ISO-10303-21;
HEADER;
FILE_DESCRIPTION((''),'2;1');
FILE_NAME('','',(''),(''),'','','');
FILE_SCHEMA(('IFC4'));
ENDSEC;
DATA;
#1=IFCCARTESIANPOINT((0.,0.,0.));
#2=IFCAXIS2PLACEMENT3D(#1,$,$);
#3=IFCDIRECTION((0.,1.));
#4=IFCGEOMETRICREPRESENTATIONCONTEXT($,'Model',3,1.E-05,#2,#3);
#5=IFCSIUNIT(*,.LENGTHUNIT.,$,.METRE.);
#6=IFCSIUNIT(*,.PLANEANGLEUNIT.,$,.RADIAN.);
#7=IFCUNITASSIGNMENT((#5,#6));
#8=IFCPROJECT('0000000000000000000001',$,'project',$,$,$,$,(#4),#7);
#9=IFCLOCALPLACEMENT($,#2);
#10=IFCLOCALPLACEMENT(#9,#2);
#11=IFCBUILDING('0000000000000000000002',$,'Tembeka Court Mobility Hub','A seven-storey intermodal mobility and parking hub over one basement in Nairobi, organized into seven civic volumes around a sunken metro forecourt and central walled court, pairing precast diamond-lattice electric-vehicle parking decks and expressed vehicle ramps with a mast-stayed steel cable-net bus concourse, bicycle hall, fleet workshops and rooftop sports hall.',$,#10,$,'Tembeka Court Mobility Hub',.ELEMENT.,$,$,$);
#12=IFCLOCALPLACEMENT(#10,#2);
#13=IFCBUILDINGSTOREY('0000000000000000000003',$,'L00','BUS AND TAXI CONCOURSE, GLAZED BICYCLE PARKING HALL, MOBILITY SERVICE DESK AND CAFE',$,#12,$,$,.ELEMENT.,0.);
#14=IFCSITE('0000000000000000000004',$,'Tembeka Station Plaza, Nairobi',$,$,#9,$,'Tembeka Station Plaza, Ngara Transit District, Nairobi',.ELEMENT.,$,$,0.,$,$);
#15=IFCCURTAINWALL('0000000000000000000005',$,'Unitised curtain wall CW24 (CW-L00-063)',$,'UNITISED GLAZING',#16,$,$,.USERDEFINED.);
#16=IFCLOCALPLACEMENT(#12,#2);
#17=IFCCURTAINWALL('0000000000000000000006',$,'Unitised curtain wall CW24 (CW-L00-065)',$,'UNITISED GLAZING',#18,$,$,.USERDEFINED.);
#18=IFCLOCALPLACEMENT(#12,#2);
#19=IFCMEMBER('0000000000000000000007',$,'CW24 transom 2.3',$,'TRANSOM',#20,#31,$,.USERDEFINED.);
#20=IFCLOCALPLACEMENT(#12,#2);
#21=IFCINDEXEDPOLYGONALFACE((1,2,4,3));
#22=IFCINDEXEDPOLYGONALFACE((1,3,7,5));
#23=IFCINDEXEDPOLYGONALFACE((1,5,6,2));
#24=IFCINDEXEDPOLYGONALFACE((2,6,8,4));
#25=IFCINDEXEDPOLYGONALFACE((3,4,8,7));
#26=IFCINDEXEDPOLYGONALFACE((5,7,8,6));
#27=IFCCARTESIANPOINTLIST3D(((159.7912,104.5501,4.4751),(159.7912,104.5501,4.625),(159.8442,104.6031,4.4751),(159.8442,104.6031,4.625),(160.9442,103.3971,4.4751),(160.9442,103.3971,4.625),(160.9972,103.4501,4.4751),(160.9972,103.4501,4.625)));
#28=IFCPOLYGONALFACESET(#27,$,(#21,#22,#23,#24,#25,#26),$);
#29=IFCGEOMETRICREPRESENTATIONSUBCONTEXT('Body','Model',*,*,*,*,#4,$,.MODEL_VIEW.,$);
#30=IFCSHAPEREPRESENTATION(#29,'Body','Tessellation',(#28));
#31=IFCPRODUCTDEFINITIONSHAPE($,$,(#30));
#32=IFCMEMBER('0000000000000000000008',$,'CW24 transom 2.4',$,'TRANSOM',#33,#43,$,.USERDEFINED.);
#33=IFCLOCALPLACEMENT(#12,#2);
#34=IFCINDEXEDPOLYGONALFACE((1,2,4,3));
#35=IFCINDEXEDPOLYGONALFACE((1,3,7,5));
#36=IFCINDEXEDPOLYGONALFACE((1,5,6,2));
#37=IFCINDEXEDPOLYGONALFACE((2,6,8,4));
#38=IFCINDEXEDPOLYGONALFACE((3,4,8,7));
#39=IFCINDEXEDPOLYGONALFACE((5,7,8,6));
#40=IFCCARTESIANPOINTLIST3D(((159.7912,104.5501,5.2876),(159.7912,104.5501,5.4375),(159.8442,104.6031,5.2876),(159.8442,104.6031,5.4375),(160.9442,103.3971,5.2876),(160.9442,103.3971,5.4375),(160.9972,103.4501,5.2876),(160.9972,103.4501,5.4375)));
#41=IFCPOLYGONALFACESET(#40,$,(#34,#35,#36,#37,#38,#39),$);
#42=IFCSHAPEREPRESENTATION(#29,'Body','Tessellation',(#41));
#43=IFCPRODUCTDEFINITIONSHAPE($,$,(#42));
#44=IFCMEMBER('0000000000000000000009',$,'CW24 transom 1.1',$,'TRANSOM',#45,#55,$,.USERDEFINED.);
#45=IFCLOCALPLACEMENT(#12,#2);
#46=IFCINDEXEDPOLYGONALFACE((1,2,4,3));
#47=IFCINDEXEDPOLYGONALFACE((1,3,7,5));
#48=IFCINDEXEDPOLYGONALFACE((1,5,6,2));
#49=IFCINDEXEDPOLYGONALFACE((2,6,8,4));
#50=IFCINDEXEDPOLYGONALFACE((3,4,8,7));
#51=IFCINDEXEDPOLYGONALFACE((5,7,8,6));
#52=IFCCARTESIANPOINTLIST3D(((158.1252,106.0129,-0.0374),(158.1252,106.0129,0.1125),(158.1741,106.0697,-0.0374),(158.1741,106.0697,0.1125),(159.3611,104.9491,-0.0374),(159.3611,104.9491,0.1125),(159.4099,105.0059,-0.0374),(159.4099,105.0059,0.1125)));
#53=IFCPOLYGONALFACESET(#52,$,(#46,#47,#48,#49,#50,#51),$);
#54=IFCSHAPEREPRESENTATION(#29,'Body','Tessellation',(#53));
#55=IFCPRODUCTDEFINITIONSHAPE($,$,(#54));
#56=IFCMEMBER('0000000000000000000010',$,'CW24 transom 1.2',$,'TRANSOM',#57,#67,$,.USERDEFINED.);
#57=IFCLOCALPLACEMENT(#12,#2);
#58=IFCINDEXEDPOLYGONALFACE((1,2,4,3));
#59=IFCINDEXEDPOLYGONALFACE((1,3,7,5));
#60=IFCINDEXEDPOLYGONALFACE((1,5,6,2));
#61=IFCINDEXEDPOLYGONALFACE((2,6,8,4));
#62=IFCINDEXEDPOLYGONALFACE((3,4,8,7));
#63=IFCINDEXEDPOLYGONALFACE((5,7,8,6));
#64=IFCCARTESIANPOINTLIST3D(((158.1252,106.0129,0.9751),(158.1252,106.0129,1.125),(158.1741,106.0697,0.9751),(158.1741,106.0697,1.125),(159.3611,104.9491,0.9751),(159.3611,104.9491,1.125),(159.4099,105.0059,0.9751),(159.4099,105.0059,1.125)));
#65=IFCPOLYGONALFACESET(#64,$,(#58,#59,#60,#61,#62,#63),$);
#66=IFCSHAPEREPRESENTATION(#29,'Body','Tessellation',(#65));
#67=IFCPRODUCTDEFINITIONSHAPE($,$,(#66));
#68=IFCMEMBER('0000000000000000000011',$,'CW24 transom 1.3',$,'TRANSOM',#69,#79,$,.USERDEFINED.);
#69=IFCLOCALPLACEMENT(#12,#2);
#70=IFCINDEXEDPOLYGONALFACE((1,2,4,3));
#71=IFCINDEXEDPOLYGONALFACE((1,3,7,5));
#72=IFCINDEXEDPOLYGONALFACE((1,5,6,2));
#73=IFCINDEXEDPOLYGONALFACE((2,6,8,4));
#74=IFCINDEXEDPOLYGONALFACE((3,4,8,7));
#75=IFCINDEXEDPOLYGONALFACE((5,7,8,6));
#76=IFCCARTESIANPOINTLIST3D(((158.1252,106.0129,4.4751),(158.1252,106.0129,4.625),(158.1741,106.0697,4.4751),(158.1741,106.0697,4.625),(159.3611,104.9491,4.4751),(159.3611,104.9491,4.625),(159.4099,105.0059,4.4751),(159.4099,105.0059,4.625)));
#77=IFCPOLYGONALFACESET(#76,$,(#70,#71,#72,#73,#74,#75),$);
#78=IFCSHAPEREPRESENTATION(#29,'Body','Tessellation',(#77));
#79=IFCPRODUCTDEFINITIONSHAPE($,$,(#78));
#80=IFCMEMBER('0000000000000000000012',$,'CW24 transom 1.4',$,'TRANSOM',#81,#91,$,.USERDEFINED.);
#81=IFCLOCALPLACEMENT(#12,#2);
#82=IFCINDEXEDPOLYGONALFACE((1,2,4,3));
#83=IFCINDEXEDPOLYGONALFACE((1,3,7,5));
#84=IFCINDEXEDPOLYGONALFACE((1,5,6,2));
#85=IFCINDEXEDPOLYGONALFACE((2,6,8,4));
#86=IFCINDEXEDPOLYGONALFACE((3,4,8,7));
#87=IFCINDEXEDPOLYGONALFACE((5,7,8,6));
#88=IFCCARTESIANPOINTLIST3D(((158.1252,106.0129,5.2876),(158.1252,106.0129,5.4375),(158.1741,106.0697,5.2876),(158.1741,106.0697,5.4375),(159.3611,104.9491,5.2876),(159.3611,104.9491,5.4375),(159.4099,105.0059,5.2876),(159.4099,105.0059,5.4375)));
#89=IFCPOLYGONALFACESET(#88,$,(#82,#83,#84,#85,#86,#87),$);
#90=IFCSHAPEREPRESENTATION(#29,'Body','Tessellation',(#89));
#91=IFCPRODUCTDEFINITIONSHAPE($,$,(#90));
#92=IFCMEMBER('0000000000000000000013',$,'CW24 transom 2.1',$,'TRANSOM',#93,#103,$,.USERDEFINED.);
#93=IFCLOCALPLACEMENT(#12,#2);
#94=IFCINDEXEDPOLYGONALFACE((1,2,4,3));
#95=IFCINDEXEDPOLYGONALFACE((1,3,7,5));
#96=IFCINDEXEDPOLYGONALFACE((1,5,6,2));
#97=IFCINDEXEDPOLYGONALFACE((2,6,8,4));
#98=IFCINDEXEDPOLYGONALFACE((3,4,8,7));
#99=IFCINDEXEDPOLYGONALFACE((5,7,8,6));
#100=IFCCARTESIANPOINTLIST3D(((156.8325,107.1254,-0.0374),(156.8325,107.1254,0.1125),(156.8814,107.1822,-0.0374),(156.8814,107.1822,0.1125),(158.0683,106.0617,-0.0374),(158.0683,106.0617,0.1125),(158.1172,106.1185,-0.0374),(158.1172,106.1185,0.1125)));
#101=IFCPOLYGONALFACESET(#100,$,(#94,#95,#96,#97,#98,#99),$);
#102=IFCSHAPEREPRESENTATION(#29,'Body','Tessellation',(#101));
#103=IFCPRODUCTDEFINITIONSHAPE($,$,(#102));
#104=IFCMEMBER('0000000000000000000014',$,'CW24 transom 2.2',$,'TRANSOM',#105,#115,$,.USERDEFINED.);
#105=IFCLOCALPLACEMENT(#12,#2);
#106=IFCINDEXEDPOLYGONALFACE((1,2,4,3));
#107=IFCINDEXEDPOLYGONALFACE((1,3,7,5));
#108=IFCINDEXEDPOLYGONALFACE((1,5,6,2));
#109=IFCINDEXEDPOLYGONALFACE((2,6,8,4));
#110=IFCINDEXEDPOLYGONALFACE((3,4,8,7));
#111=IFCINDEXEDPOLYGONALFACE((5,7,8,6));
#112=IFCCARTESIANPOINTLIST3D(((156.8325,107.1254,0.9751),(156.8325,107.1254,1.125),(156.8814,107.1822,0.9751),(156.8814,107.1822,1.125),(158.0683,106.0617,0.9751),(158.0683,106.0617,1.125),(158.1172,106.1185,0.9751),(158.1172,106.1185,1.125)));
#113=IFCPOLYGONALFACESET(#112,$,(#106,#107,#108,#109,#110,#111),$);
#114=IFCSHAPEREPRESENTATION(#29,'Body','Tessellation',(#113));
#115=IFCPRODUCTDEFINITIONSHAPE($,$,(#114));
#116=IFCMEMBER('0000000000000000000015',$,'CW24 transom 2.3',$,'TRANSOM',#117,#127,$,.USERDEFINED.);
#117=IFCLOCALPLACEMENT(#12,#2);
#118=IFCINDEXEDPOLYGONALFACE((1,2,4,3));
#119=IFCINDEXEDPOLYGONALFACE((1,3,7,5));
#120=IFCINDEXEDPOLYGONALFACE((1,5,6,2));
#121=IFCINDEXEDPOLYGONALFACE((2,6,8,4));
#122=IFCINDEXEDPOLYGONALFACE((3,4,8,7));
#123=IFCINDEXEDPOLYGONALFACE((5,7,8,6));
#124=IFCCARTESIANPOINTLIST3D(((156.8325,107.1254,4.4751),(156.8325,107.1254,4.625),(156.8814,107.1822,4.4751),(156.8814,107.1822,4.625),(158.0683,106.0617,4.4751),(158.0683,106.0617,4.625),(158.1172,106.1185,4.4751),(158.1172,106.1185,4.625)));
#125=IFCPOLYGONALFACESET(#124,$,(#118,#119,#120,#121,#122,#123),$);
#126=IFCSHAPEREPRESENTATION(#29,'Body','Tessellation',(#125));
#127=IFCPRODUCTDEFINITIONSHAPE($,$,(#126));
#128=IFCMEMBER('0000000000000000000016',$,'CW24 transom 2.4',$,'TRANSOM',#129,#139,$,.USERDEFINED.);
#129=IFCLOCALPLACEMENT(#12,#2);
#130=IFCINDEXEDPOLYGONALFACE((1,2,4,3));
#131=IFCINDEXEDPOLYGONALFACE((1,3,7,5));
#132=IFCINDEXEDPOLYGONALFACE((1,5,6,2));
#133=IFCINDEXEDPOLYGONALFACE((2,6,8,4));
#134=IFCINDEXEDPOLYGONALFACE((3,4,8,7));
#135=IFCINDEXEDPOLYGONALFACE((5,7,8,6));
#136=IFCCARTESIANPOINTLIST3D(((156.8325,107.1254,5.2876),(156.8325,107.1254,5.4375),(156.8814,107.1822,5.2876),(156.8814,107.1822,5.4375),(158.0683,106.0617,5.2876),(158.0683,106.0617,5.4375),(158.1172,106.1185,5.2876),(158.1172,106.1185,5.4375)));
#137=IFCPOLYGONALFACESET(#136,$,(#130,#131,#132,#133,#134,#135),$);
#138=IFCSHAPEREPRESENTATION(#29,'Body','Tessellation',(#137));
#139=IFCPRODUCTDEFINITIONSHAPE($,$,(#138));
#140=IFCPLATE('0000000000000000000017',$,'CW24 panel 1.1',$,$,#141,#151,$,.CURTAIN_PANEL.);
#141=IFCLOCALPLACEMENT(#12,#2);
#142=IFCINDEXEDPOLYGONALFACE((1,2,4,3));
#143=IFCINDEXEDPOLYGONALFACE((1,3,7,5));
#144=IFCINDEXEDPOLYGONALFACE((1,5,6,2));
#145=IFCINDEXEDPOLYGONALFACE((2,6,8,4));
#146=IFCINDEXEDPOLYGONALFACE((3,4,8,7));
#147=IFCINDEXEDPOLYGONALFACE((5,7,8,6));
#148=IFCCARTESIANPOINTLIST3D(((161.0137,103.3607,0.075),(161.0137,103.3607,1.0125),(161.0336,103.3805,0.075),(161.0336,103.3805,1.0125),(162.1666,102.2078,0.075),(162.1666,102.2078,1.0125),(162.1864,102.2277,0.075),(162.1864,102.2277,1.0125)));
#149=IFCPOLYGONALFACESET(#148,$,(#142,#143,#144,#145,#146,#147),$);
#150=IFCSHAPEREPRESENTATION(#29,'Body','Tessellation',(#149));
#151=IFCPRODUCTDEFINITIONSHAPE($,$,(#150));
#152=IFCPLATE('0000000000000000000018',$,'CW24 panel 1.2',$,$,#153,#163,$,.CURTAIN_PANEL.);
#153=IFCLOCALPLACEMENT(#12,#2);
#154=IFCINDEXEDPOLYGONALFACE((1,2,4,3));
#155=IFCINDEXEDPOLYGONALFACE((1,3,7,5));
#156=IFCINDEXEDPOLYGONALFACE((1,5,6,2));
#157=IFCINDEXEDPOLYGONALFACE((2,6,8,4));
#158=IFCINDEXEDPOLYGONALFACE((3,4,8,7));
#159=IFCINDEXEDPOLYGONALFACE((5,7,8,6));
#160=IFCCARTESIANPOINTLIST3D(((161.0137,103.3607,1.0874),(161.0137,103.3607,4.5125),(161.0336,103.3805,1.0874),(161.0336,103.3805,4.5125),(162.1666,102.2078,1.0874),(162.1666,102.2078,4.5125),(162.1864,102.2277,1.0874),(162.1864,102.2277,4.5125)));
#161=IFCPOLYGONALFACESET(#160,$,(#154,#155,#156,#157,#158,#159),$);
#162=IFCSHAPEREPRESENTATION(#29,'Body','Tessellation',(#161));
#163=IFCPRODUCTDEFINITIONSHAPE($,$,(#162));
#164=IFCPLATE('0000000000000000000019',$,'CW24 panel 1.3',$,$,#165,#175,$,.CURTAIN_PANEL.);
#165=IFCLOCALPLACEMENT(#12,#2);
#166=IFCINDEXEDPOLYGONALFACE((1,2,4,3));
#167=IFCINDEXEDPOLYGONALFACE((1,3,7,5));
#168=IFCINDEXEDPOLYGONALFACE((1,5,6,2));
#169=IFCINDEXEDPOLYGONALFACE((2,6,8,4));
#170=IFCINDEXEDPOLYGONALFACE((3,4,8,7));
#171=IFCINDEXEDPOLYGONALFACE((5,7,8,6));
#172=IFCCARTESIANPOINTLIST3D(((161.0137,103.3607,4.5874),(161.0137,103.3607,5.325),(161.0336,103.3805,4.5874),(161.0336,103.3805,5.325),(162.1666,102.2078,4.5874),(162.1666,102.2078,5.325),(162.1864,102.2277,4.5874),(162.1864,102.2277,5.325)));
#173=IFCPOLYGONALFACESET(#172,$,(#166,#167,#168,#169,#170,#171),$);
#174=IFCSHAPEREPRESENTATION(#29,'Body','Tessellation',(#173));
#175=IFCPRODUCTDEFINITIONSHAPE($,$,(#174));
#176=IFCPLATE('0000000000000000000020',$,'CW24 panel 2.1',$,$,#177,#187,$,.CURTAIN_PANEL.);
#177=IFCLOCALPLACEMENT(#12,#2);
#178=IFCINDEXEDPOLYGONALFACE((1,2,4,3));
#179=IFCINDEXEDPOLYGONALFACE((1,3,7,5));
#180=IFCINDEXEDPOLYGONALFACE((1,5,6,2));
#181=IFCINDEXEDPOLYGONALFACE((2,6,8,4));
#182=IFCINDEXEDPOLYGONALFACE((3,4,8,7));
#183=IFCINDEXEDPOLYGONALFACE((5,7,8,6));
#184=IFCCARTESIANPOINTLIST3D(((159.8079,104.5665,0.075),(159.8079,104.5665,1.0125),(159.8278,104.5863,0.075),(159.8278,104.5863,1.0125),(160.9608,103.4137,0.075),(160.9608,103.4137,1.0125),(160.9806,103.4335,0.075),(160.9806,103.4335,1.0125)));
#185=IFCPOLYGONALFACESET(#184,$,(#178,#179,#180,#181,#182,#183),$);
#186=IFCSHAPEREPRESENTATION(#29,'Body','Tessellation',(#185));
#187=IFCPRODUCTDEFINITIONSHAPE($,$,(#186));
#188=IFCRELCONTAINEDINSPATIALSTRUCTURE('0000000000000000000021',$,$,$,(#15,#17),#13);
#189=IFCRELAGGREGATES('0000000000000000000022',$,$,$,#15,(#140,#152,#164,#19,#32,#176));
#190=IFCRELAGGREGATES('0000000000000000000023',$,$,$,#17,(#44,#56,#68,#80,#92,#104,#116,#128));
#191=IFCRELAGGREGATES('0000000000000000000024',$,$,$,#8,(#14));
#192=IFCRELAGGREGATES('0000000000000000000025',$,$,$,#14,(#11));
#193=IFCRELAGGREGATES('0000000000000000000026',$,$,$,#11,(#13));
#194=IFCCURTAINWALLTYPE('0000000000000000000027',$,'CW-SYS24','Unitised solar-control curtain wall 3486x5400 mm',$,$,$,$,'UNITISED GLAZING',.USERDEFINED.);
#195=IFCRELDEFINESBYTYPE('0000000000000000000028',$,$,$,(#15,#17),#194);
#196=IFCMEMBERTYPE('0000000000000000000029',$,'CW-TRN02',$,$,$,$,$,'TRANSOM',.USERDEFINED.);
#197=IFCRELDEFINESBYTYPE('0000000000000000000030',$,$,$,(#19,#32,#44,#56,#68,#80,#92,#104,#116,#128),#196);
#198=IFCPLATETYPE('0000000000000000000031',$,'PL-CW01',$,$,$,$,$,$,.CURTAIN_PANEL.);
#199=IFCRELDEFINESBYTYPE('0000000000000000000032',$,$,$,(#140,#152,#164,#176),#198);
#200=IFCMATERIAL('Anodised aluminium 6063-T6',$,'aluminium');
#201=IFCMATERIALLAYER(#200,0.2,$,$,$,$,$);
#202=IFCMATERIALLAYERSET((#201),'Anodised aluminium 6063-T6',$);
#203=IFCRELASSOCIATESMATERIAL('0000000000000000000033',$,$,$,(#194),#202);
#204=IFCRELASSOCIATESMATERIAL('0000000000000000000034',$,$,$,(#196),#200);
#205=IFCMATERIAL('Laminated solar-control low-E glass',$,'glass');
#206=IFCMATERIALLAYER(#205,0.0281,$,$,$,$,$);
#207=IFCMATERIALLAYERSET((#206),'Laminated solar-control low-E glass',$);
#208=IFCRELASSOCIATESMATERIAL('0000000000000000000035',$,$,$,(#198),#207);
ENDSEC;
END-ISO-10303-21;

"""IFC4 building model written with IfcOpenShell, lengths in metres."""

from ifc_helpers import new_model, si_unit, direction, frame, origin, origin_2d, place, context, subcontext, project, spatial, rectangle, extrude, material, layer, layer_set, material_profile, profile_set, type_object, element, aggregate, save


model = new_model("IFC4")

# Units and contexts
model_context = context("Model", 3, precision=1e-05, world=origin(), true_north=direction((0.0, 1.0)))
body_context = subcontext(model_context, "Body", "Model", "MODEL_VIEW")
ifc_project = project(units=[si_unit("LENGTHUNIT", "METRE"), si_unit("PLANEANGLEUNIT", "RADIAN")], contexts=[model_context])

# Site, building, storey
site_placement = place(None, origin())
site = spatial("IfcSite", under=ifc_project, at=site_placement, Name="Tembeka Station Plaza, Nairobi", LongName="Tembeka Station Plaza, Ngara Transit District, Nairobi", CompositionType="ELEMENT", RefElevation=0.0)
building_placement = place(site_placement, origin())
building = spatial("IfcBuilding", under=site, at=building_placement, Name="Tembeka Court Mobility Hub", Description="A seven-storey intermodal mobility and parking hub over one basement in Nairobi, organized into seven civic volumes around a sunken metro forecourt and central walled court, pairing precast diamond-lattice electric-vehicle parking decks and expressed vehicle ramps with a mast-stayed steel cable-net bus concourse, bicycle hall, fleet workshops and rooftop sports hall.", LongName="Tembeka Court Mobility Hub", CompositionType="ELEMENT")
storey_placement = place(building_placement, origin())
storey = spatial("IfcBuildingStorey", under=building, at=storey_placement, Name="L00", Description="BUS AND TAXI CONCOURSE, GLAZED BICYCLE PARKING HALL, MOBILITY SERVICE DESK AND CAFE", CompositionType="ELEMENT", Elevation=0.0)

# Curtain walls
ifc_material_1 = material(Name="Anodised aluminium 6063-T6", Category="aluminium")
ifc_layer_1 = layer(ifc_material_1, 0.2)
ifc_layer_set_1 = layer_set([ifc_layer_1], Name="Anodised aluminium 6063-T6")
curtain_wall_type = type_object("IfcCurtainWallType", Name="CW-SYS24", Description="Unitised solar-control curtain wall 3486x5400 mm", ElementType="UNITISED GLAZING", PredefinedType="USERDEFINED", material=ifc_layer_set_1)
curtain_wall_1_placement = place(storey_placement, origin())
curtain_wall_1 = element("IfcCurtainWall", 1, at=curtain_wall_1_placement, inside=storey, type_object=curtain_wall_type, Name="Unitised curtain wall CW24 (CW-L00-063)", ObjectType="UNITISED GLAZING", PredefinedType="USERDEFINED")
curtain_wall_2_placement = place(storey_placement, origin())
curtain_wall_2 = element("IfcCurtainWall", 2, at=curtain_wall_2_placement, inside=storey, type_object=curtain_wall_type, Name="Unitised curtain wall CW24 (CW-L00-065)", ObjectType="UNITISED GLAZING", PredefinedType="USERDEFINED")

# Members
ifc_material_profile_1 = material_profile(ifc_material_1, rectangle(XDim=0.075, YDim=0.1499, at=origin_2d()), Name="ALU-TRN 75x150")
ifc_profile_set_1 = profile_set([ifc_material_profile_1], Name="Anodised aluminium 6063-T6")
member_type_1 = type_object("IfcMemberType", Name="CW-TRN02", ElementType="TRANSOM", PredefinedType="USERDEFINED", material=ifc_profile_set_1)
member_1_placement = place(storey_placement, frame((160.9707, 103.4236, 4.55), z_axis=(-0.707107, 0.707107, 0.0), x_axis=(-0.707107, -0.707107, 0.0)))
member_1 = element("IfcMember", 3, at=member_1_placement, type_object=member_type_1, Name="CW24 transom 2.3", ObjectType="TRANSOM", PredefinedType="USERDEFINED", context=body_context, shape_type="SweptSolid", body=[
    extrude(rectangle(XDim=0.075, YDim=0.1499, at=origin_2d()), origin(), (0.0, 0.0, 1.0), 1.6306),
])
member_2_placement = place(storey_placement, frame((160.9707, 103.4236, 5.3625), z_axis=(-0.707107, 0.707107, 0.0), x_axis=(-0.707107, -0.707107, 0.0)))
member_2 = element("IfcMember", 4, at=member_2_placement, type_object=member_type_1, Name="CW24 transom 2.4", ObjectType="TRANSOM", PredefinedType="USERDEFINED", context=body_context, shape_type="SweptSolid", body=[
    extrude(rectangle(XDim=0.075, YDim=0.1499, at=origin_2d()), origin(), (0.0, 0.0, 1.0), 1.6306),
])
member_3_placement = place(storey_placement, frame((159.3855, 104.9775, 0.0376), z_axis=(-0.757913, 0.652356, 0.0), x_axis=(-0.652356, -0.757913, 0.0)))
member_3 = element("IfcMember", 5, at=member_3_placement, type_object=member_type_1, Name="CW24 transom 1.1", ObjectType="TRANSOM", PredefinedType="USERDEFINED", context=body_context, shape_type="SweptSolid", body=[
    extrude(rectangle(XDim=0.075, YDim=0.1499, at=origin_2d()), origin(), (0.0, 0.0, 1.0), 1.6306),
])
member_4_placement = place(storey_placement, frame((159.3855, 104.9775, 1.05), z_axis=(-0.757913, 0.652356, 0.0), x_axis=(-0.652356, -0.757913, 0.0)))
member_4 = element("IfcMember", 6, at=member_4_placement, type_object=member_type_1, Name="CW24 transom 1.2", ObjectType="TRANSOM", PredefinedType="USERDEFINED", context=body_context, shape_type="SweptSolid", body=[
    extrude(rectangle(XDim=0.075, YDim=0.1499, at=origin_2d()), origin(), (0.0, 0.0, 1.0), 1.6306),
])
member_5_placement = place(storey_placement, frame((159.3855, 104.9775, 4.55), z_axis=(-0.757913, 0.652356, 0.0), x_axis=(-0.652356, -0.757913, 0.0)))
member_5 = element("IfcMember", 7, at=member_5_placement, type_object=member_type_1, Name="CW24 transom 1.3", ObjectType="TRANSOM", PredefinedType="USERDEFINED", context=body_context, shape_type="SweptSolid", body=[
    extrude(rectangle(XDim=0.075, YDim=0.1499, at=origin_2d()), origin(), (0.0, 0.0, 1.0), 1.6306),
])
member_6_placement = place(storey_placement, frame((159.3855, 104.9775, 5.3625), z_axis=(-0.757913, 0.652356, 0.0), x_axis=(-0.652356, -0.757913, 0.0)))
member_6 = element("IfcMember", 8, at=member_6_placement, type_object=member_type_1, Name="CW24 transom 1.4", ObjectType="TRANSOM", PredefinedType="USERDEFINED", context=body_context, shape_type="SweptSolid", body=[
    extrude(rectangle(XDim=0.075, YDim=0.1499, at=origin_2d()), origin(), (0.0, 0.0, 1.0), 1.6306),
])
member_7_placement = place(storey_placement, frame((158.0928, 106.0901, 0.0376), z_axis=(-0.757913, 0.652356, 0.0), x_axis=(-0.652356, -0.757913, 0.0)))
member_7 = element("IfcMember", 9, at=member_7_placement, type_object=member_type_1, Name="CW24 transom 2.1", ObjectType="TRANSOM", PredefinedType="USERDEFINED", context=body_context, shape_type="SweptSolid", body=[
    extrude(rectangle(XDim=0.075, YDim=0.1499, at=origin_2d()), origin(), (0.0, 0.0, 1.0), 1.6306),
])
member_8_placement = place(storey_placement, frame((158.0928, 106.0901, 1.05), z_axis=(-0.757913, 0.652356, 0.0), x_axis=(-0.652356, -0.757913, 0.0)))
member_8 = element("IfcMember", 10, at=member_8_placement, type_object=member_type_1, Name="CW24 transom 2.2", ObjectType="TRANSOM", PredefinedType="USERDEFINED", context=body_context, shape_type="SweptSolid", body=[
    extrude(rectangle(XDim=0.075, YDim=0.1499, at=origin_2d()), origin(), (0.0, 0.0, 1.0), 1.6306),
])
member_9_placement = place(storey_placement, frame((158.0928, 106.0901, 4.55), z_axis=(-0.757913, 0.652356, 0.0), x_axis=(-0.652356, -0.757913, 0.0)))
member_9 = element("IfcMember", 11, at=member_9_placement, type_object=member_type_1, Name="CW24 transom 2.3", ObjectType="TRANSOM", PredefinedType="USERDEFINED", context=body_context, shape_type="SweptSolid", body=[
    extrude(rectangle(XDim=0.075, YDim=0.1499, at=origin_2d()), origin(), (0.0, 0.0, 1.0), 1.6306),
])
member_10_placement = place(storey_placement, frame((158.0928, 106.0901, 5.3625), z_axis=(-0.757913, 0.652356, 0.0), x_axis=(-0.652356, -0.757913, 0.0)))
member_10 = element("IfcMember", 12, at=member_10_placement, type_object=member_type_1, Name="CW24 transom 2.4", ObjectType="TRANSOM", PredefinedType="USERDEFINED", context=body_context, shape_type="SweptSolid", body=[
    extrude(rectangle(XDim=0.075, YDim=0.1499, at=origin_2d()), origin(), (0.0, 0.0, 1.0), 1.6306),
])

# Plates
ifc_material_2 = material(Name="Laminated solar-control low-E glass", Category="glass")
ifc_layer_2 = layer(ifc_material_2, 0.0281)
ifc_layer_set_2 = layer_set([ifc_layer_2], Name="Laminated solar-control low-E glass")
plate_type = type_object("IfcPlateType", Name="PL-CW01", PredefinedType="CURTAIN_PANEL", material=ifc_layer_set_2)
plate_1_placement = place(storey_placement, frame((161.6001, 102.7942, 0.075), z_axis=(0.0, 0.0, 1.0), x_axis=(-0.707107, 0.707107, 0.0)))
plate_1 = element("IfcPlate", 13, at=plate_1_placement, type_object=plate_type, Name="CW24 panel 1.1", PredefinedType="CURTAIN_PANEL", context=body_context, shape_type="SweptSolid", body=[
    extrude(rectangle(XDim=1.6304, YDim=0.0281, at=origin_2d()), origin(), (0.0, 0.0, 1.0), 0.9375),
])
plate_2_placement = place(storey_placement, frame((161.6001, 102.7942, 1.0874), z_axis=(0.0, 0.0, 1.0), x_axis=(-0.707107, 0.707107, 0.0)))
plate_2 = element("IfcPlate", 14, at=plate_2_placement, type_object=plate_type, Name="CW24 panel 1.2", PredefinedType="CURTAIN_PANEL", context=body_context, shape_type="SweptSolid", body=[
    extrude(rectangle(XDim=1.6304, YDim=0.0281, at=origin_2d()), origin(), (0.0, 0.0, 1.0), 3.425),
])
plate_3_placement = place(storey_placement, frame((161.6001, 102.7942, 4.5874), z_axis=(0.0, 0.0, 1.0), x_axis=(-0.707107, 0.707107, 0.0)))
plate_3 = element("IfcPlate", 15, at=plate_3_placement, type_object=plate_type, Name="CW24 panel 1.3", PredefinedType="CURTAIN_PANEL", context=body_context, shape_type="SweptSolid", body=[
    extrude(rectangle(XDim=1.6304, YDim=0.0281, at=origin_2d()), origin(), (0.0, 0.0, 1.0), 0.7375),
])
plate_4_placement = place(storey_placement, frame((160.3943, 104.0, 0.075), z_axis=(0.0, 0.0, 1.0), x_axis=(-0.707107, 0.707107, 0.0)))
plate_4 = element("IfcPlate", 16, at=plate_4_placement, type_object=plate_type, Name="CW24 panel 2.1", PredefinedType="CURTAIN_PANEL", context=body_context, shape_type="SweptSolid", body=[
    extrude(rectangle(XDim=1.6304, YDim=0.0281, at=origin_2d()), origin(), (0.0, 0.0, 1.0), 0.9375),
])
aggregate(curtain_wall_1, [plate_1, plate_2, plate_3, member_1, member_2, plate_4])
aggregate(curtain_wall_2, [member_3, member_4, member_5, member_6, member_7, member_8, member_9, member_10])

save(model, "model.ifc")
